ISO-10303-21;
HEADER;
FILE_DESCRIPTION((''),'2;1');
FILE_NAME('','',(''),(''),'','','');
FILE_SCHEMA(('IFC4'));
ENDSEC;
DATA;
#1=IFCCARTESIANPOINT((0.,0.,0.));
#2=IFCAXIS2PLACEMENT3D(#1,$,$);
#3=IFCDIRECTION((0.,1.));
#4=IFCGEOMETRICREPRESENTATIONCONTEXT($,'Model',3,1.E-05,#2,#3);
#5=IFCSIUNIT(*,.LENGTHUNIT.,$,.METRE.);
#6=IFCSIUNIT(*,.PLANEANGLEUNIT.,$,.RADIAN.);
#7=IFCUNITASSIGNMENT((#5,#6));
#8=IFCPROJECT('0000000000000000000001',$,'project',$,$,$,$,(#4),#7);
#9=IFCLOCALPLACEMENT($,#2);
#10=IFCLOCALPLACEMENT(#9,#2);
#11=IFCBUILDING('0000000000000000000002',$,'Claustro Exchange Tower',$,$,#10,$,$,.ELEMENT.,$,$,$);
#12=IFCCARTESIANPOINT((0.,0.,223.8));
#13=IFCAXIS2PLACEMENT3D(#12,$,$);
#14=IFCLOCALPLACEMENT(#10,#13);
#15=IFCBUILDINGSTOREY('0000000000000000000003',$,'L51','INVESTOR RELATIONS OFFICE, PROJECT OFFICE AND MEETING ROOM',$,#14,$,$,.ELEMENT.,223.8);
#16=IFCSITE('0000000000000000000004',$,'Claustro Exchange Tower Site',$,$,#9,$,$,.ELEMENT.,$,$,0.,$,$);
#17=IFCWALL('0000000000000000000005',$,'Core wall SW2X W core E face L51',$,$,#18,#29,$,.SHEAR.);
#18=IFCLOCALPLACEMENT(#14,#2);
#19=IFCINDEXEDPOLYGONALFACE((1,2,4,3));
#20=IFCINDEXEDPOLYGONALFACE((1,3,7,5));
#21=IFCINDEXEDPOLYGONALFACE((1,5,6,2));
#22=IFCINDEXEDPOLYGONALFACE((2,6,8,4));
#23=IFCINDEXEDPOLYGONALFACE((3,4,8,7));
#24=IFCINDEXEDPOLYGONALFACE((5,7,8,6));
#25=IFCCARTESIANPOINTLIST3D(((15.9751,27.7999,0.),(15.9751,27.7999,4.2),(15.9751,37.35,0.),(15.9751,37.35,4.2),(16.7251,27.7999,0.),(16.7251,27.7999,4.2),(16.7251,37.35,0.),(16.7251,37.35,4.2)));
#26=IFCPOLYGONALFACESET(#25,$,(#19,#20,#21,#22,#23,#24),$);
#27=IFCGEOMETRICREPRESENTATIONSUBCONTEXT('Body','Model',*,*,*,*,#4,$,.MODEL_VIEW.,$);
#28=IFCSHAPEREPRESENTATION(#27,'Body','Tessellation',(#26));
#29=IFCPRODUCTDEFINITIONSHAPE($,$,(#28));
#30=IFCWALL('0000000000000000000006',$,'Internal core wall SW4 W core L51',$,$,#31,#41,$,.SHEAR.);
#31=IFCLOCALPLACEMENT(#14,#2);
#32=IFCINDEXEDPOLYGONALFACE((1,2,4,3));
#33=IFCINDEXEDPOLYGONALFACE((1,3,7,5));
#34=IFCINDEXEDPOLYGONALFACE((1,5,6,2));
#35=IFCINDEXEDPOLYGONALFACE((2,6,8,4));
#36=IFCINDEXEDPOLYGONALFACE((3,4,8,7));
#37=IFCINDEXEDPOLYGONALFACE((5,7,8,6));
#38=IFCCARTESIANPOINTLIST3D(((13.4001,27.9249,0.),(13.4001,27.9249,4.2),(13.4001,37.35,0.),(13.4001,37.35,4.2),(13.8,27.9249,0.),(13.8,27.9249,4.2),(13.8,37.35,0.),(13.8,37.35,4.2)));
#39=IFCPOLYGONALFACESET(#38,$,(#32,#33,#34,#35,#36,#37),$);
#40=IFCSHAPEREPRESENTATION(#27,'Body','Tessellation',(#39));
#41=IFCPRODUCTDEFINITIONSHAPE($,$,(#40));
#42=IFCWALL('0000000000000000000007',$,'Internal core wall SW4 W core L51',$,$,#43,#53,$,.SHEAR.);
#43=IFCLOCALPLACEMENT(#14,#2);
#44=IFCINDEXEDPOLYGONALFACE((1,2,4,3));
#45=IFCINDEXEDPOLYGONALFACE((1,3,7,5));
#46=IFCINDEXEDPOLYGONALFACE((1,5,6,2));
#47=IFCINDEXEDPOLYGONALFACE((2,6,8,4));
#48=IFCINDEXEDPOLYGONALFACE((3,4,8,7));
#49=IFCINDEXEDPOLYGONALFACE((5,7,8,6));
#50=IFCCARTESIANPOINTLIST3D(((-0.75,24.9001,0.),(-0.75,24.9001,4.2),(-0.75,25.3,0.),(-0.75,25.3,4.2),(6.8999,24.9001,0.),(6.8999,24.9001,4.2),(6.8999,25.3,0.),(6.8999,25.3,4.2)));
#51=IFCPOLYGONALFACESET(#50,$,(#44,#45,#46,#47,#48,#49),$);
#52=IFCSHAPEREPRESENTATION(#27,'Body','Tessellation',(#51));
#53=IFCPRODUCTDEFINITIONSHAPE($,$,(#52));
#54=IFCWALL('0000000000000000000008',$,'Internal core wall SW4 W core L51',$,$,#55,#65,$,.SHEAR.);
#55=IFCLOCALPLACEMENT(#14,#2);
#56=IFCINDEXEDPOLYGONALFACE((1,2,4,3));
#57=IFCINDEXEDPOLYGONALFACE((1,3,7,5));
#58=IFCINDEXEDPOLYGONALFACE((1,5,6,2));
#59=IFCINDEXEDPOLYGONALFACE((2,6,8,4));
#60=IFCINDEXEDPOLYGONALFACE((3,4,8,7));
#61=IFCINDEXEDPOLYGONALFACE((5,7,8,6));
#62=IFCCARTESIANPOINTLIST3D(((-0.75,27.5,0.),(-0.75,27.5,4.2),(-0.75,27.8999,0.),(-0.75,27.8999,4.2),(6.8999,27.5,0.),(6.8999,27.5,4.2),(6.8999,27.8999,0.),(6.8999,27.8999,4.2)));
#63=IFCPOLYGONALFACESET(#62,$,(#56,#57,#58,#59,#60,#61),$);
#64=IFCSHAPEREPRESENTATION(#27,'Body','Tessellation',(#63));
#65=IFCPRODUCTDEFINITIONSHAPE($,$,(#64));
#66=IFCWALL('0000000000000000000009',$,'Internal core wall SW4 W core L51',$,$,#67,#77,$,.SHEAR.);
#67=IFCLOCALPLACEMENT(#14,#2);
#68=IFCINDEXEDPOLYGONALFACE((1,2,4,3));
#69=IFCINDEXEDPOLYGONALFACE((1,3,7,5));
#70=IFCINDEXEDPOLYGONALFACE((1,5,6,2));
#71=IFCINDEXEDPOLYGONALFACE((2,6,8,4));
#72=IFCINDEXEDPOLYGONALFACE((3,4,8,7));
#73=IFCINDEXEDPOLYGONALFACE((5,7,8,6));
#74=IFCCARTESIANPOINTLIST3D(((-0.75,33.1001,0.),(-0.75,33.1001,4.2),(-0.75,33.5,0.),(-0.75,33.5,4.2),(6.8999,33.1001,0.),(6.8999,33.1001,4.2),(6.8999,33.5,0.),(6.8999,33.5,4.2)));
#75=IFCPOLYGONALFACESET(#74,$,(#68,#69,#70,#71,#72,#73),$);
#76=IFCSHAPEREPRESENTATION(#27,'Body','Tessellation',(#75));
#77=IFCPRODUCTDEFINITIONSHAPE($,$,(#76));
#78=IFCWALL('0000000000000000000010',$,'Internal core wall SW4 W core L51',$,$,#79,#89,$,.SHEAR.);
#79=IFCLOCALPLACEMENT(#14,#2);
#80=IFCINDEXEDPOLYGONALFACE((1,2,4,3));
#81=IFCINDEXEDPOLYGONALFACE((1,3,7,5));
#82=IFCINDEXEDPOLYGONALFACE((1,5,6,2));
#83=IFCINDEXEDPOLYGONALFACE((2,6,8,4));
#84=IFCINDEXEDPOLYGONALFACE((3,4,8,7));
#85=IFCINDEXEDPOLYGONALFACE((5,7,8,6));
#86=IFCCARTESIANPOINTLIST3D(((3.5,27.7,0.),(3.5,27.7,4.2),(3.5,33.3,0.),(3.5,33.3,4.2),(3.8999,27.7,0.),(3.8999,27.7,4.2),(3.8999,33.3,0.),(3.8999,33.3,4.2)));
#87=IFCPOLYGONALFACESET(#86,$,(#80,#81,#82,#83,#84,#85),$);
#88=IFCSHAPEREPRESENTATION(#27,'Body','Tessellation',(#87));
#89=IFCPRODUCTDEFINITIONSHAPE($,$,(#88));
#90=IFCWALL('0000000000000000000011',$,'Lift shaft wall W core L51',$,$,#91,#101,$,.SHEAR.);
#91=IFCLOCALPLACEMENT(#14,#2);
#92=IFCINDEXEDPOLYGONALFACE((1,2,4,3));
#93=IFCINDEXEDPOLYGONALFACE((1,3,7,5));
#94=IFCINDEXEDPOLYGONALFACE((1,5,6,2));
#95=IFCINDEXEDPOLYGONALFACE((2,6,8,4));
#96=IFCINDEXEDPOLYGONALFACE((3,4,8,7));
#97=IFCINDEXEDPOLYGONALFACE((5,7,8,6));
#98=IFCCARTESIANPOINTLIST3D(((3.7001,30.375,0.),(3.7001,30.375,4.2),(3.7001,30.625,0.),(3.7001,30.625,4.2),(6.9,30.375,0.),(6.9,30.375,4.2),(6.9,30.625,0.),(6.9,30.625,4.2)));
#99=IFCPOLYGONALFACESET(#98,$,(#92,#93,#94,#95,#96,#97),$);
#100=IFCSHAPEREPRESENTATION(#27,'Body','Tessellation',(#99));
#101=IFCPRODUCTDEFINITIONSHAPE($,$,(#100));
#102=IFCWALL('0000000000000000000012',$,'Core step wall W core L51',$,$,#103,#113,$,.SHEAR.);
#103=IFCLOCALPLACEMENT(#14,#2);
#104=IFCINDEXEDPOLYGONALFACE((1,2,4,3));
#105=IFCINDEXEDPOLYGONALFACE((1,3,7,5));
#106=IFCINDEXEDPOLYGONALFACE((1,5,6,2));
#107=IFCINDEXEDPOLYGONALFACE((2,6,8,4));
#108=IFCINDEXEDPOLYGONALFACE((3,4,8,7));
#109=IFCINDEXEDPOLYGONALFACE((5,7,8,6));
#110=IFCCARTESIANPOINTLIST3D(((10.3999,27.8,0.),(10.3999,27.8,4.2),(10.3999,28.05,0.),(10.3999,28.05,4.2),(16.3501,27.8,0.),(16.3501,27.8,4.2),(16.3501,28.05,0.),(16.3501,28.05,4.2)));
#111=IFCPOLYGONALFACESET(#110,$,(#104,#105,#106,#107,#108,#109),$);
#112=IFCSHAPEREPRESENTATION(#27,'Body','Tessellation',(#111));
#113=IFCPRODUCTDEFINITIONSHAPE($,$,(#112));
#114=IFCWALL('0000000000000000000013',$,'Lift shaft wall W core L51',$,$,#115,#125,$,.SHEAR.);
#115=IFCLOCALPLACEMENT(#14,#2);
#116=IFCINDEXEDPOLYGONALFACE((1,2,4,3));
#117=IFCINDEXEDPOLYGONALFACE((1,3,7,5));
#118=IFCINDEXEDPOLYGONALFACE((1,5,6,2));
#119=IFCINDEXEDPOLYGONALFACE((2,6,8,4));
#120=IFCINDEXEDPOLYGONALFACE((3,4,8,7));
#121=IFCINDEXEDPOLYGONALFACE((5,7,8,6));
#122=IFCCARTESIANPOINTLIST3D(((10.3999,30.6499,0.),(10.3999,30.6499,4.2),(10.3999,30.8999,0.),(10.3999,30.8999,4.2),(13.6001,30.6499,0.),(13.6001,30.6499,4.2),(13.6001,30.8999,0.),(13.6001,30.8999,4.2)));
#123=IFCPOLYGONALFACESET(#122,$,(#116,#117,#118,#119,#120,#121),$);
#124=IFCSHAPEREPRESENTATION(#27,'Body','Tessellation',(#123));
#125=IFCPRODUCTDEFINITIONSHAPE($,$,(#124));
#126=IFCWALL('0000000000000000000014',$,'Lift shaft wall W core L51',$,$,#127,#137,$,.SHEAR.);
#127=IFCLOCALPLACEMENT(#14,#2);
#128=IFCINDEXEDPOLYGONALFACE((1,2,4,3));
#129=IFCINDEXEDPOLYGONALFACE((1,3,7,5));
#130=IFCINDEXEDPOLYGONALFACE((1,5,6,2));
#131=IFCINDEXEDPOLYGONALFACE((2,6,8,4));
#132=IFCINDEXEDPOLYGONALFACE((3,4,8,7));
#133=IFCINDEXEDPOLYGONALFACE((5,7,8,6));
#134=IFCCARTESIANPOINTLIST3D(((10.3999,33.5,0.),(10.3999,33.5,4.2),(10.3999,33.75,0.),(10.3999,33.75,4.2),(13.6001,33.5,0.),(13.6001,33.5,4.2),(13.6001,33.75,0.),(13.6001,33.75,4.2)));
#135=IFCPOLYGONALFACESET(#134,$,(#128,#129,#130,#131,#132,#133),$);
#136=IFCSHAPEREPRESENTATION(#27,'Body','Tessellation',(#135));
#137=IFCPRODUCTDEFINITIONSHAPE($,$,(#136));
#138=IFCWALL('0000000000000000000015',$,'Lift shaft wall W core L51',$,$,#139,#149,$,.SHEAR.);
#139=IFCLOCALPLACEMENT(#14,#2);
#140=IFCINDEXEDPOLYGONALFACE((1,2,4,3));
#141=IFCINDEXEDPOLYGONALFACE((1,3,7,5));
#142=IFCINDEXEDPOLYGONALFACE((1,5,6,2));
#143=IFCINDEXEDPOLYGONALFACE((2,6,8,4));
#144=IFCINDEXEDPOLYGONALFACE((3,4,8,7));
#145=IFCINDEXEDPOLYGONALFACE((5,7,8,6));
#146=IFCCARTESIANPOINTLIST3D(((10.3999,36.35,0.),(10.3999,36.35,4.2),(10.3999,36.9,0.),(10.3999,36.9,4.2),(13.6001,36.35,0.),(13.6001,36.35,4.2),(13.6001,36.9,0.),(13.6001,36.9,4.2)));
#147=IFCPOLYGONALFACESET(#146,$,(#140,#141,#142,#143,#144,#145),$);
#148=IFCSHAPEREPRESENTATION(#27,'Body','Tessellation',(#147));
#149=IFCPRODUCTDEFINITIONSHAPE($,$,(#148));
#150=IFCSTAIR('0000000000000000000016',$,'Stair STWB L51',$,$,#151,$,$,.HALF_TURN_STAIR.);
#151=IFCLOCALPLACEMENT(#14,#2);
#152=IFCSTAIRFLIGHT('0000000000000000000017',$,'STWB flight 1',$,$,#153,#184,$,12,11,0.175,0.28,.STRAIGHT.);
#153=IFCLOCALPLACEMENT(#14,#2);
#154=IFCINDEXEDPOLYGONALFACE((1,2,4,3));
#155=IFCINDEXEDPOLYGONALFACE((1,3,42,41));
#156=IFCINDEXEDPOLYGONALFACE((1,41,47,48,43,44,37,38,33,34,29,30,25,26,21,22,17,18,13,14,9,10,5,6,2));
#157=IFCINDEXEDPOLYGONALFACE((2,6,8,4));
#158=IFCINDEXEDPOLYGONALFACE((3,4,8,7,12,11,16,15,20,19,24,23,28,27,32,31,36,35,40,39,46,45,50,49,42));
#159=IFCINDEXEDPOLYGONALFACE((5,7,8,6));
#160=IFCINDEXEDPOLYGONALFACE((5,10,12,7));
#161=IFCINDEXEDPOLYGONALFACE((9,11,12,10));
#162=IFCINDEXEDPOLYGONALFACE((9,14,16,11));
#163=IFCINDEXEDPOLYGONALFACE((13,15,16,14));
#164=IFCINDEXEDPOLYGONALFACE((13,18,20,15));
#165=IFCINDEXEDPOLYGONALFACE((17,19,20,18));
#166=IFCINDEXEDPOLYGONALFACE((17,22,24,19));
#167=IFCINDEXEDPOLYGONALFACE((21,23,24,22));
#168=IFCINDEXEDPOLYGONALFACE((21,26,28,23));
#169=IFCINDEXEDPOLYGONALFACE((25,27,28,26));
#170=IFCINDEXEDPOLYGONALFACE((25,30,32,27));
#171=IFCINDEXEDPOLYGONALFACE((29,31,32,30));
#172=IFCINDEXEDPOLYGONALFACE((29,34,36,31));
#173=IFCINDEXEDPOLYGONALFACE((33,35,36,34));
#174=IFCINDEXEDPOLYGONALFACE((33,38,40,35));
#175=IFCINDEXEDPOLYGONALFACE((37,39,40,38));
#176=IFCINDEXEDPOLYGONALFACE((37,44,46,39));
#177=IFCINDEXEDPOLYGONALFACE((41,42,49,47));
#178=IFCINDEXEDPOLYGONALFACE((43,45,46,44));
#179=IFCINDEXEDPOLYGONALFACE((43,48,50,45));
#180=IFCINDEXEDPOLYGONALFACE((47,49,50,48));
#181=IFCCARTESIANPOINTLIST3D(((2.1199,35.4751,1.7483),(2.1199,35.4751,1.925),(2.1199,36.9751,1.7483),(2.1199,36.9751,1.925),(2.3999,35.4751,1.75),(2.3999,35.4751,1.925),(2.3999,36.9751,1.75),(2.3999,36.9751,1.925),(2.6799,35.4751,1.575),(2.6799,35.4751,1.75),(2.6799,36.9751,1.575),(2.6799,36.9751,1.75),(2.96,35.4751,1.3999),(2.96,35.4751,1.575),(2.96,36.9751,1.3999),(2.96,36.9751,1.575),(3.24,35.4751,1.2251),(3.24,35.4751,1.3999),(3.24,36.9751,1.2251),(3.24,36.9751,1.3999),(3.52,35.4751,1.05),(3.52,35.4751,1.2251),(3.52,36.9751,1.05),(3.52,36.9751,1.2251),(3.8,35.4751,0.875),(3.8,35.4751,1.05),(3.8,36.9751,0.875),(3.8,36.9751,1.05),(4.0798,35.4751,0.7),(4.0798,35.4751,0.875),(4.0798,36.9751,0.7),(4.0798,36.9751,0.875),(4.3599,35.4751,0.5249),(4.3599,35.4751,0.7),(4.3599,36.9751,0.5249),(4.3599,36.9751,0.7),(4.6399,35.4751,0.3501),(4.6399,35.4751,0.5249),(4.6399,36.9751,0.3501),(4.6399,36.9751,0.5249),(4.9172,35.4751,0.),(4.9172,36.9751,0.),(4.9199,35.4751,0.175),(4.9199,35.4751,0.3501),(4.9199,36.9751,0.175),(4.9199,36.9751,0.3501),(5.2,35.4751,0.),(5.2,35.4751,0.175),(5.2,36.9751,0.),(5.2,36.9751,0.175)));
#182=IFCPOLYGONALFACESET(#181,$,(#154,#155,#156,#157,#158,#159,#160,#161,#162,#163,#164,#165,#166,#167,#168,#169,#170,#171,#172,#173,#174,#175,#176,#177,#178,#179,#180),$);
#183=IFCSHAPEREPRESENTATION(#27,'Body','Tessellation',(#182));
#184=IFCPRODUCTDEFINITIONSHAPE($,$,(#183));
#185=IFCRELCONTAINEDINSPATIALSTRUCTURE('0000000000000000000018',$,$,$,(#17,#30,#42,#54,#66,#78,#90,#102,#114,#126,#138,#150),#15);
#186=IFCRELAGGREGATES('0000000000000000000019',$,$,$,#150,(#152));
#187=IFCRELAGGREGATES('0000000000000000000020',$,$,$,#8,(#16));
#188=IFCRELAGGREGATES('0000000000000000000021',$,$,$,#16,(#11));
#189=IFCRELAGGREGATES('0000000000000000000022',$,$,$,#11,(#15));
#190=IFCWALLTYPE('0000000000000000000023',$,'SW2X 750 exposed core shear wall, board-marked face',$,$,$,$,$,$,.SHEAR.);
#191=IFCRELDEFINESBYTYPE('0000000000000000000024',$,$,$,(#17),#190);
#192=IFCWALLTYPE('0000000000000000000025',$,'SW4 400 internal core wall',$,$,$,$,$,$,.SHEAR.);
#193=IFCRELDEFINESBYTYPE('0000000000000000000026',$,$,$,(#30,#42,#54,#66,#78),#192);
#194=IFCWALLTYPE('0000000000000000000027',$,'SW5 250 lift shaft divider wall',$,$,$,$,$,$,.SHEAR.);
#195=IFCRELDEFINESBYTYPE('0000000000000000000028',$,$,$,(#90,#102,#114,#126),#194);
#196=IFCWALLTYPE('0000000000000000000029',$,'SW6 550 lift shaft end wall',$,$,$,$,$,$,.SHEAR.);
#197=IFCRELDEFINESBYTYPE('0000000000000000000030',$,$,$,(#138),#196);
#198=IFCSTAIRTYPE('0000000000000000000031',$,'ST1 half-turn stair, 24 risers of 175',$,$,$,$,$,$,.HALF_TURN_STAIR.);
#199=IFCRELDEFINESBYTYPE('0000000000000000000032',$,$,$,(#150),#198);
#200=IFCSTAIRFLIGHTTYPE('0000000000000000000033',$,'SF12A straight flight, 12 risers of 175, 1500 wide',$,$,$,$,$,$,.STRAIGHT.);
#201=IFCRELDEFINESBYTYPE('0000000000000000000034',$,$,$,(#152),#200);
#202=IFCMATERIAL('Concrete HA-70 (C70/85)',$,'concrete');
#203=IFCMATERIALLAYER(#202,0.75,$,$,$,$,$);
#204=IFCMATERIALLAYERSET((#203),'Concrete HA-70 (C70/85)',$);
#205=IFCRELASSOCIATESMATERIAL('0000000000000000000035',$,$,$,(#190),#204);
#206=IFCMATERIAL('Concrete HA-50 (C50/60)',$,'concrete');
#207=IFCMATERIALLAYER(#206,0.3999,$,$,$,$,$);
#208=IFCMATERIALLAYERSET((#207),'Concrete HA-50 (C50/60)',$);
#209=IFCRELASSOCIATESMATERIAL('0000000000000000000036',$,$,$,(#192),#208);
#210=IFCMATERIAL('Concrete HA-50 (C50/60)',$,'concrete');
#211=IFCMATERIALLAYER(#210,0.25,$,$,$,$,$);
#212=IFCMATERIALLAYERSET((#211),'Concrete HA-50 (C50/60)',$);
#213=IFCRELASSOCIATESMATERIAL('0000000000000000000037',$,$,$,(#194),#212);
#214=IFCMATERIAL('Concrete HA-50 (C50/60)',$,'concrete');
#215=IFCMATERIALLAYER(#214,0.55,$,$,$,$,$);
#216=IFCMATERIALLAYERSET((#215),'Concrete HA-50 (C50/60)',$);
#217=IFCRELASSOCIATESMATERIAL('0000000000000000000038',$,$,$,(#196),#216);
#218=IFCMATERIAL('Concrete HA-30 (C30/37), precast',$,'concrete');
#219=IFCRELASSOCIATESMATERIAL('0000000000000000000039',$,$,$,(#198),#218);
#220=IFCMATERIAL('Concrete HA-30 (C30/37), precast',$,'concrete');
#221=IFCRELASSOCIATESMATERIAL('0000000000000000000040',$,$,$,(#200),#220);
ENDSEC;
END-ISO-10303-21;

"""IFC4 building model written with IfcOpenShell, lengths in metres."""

from ifc_helpers import new_model, si_unit, direction, frame, frame_2d, origin, place, context, subcontext, project, spatial, polyline, rectangle, outline, extrude, material, layer, layer_set, type_object, element, aggregate, save


model = new_model("IFC4")

# Units and contexts
model_context = context("Model", 3, precision=1e-05, world=origin(), true_north=direction((0.0, 1.0)))
body_context = subcontext(model_context, "Body", "Model", "MODEL_VIEW")
ifc_project = project(units=[si_unit("LENGTHUNIT", "METRE"), si_unit("PLANEANGLEUNIT", "RADIAN")], contexts=[model_context])

# Site, building, storey
site_placement = place(None, origin())
site = spatial("IfcSite", under=ifc_project, at=site_placement, Name="Claustro Exchange Tower Site", CompositionType="ELEMENT", RefElevation=0.0)
building_placement = place(site_placement, origin())
building = spatial("IfcBuilding", under=site, at=building_placement, Name="Claustro Exchange Tower", CompositionType="ELEMENT")
storey_placement = place(building_placement, frame((0.0, 0.0, 223.8)))
storey = spatial("IfcBuildingStorey", under=building, at=storey_placement, Name="L51", Description="INVESTOR RELATIONS OFFICE, PROJECT OFFICE AND MEETING ROOM", CompositionType="ELEMENT", Elevation=223.8)

# Walls
ifc_material_1 = material(Name="Concrete HA-70 (C70/85)", Category="concrete")
ifc_layer_1 = layer(ifc_material_1, 0.75)
ifc_layer_set_1 = layer_set([ifc_layer_1], Name="Concrete HA-70 (C70/85)")
wall_type_1 = type_object("IfcWallType", Name="SW2X 750 exposed core shear wall, board-marked face", PredefinedType="SHEAR", material=ifc_layer_set_1)
wall_1_placement = place(storey_placement, frame((16.3501, 27.8, 0.0), z_axis=(0.0, 0.0, 1.0), x_axis=(0.0, 1.0, 0.0)))
element("IfcWall", 1, at=wall_1_placement, inside=storey, type_object=wall_type_1, Name="Core wall SW2X W core E face L51", PredefinedType="SHEAR", context=body_context, shape_type="SweptSolid", body=[
    extrude(rectangle(XDim=9.55, YDim=0.75, at=frame_2d((4.7749, 0.0))), origin(), (0.0, 0.0, 1.0), 4.2),
])
ifc_material_2 = material(Name="Concrete HA-50 (C50/60)", Category="concrete")
ifc_layer_2 = layer(ifc_material_2, 0.3999)
ifc_layer_set_2 = layer_set([ifc_layer_2], Name="Concrete HA-50 (C50/60)")
wall_type_2 = type_object("IfcWallType", Name="SW4 400 internal core wall", PredefinedType="SHEAR", material=ifc_layer_set_2)
wall_2_placement = place(storey_placement, frame((13.6001, 27.925, 0.0), z_axis=(0.0, 0.0, 1.0), x_axis=(0.0, 1.0, 0.0)))
element("IfcWall", 2, at=wall_2_placement, inside=storey, type_object=wall_type_2, Name="Internal core wall SW4 W core L51", PredefinedType="SHEAR", context=body_context, shape_type="SweptSolid", body=[
    extrude(rectangle(XDim=9.425, YDim=0.3999, at=frame_2d((4.7124, 0.0))), origin(), (0.0, 0.0, 1.0), 4.2),
])
for number, where, z_axis, x_axis, name in (
    (3, (-0.75, 25.1001, 0.0), (0.0, 0.0, 1.0), (1.0, 0.0, 0.0), "Internal core wall SW4 W core L51"),
    (4, (-0.75, 27.7, 0.0), (0.0, 0.0, 1.0), (1.0, 0.0, 0.0), "Internal core wall SW4 W core L51"),
    (5, (-0.75, 33.3, 0.0), (0.0, 0.0, 1.0), (1.0, 0.0, 0.0), "Internal core wall SW4 W core L51"),
):
    element("IfcWall", number, at=place(storey_placement, frame(where, z_axis=z_axis, x_axis=x_axis)), inside=storey, type_object=wall_type_2, Name=name, PredefinedType="SHEAR", context=body_context, shape_type="SweptSolid", body=[
        extrude(rectangle(XDim=7.6499, YDim=0.3999, at=frame_2d((3.825, 0.0))), origin(), (0.0, 0.0, 1.0), 4.2),
    ])
wall_3_placement = place(storey_placement, frame((3.7, 27.7, 0.0), z_axis=(0.0, 0.0, 1.0), x_axis=(0.0, 1.0, 0.0)))
element("IfcWall", 6, at=wall_3_placement, inside=storey, type_object=wall_type_2, Name="Internal core wall SW4 W core L51", PredefinedType="SHEAR", context=body_context, shape_type="SweptSolid", body=[
    extrude(rectangle(XDim=5.6001, YDim=0.3999, at=frame_2d((2.8, 0.0))), origin(), (0.0, 0.0, 1.0), 4.2),
])
ifc_material_3 = material(Name="Concrete HA-50 (C50/60)", Category="concrete")
ifc_layer_3 = layer(ifc_material_3, 0.25)
ifc_layer_set_3 = layer_set([ifc_layer_3], Name="Concrete HA-50 (C50/60)")
wall_type_3 = type_object("IfcWallType", Name="SW5 250 lift shaft divider wall", PredefinedType="SHEAR", material=ifc_layer_set_3)
wall_4_placement = place(storey_placement, frame((3.7, 30.5, 0.0), z_axis=(0.0, 0.0, 1.0), x_axis=(1.0, 0.0, 0.0)))
element("IfcWall", 7, at=wall_4_placement, inside=storey, type_object=wall_type_3, Name="Lift shaft wall W core L51", PredefinedType="SHEAR", context=body_context, shape_type="SweptSolid", body=[
    extrude(rectangle(XDim=3.2, YDim=0.25, at=frame_2d((1.6001, 0.0))), origin(), (0.0, 0.0, 1.0), 4.2),
])
wall_5_placement = place(storey_placement, frame((10.3999, 27.925, 0.0), z_axis=(0.0, 0.0, 1.0), x_axis=(1.0, 0.0, 0.0)))
element("IfcWall", 8, at=wall_5_placement, inside=storey, type_object=wall_type_3, Name="Core step wall W core L51", PredefinedType="SHEAR", context=body_context, shape_type="SweptSolid", body=[
    extrude(rectangle(XDim=5.9502, YDim=0.25, at=frame_2d((2.9751, 0.0))), origin(), (0.0, 0.0, 1.0), 4.2),
])
for number, where, z_axis, x_axis, name in (
    (9, (10.3999, 30.7749, 0.0), (0.0, 0.0, 1.0), (1.0, 0.0, 0.0), "Lift shaft wall W core L51"),
    (10, (10.3999, 33.625, 0.0), (0.0, 0.0, 1.0), (1.0, 0.0, 0.0), "Lift shaft wall W core L51"),
):
    element("IfcWall", number, at=place(storey_placement, frame(where, z_axis=z_axis, x_axis=x_axis)), inside=storey, type_object=wall_type_3, Name=name, PredefinedType="SHEAR", context=body_context, shape_type="SweptSolid", body=[
        extrude(rectangle(XDim=3.2002, YDim=0.25, at=frame_2d((1.6001, 0.0))), origin(), (0.0, 0.0, 1.0), 4.2),
    ])
ifc_material_4 = material(Name="Concrete HA-50 (C50/60)", Category="concrete")
ifc_layer_4 = layer(ifc_material_4, 0.55)
ifc_layer_set_4 = layer_set([ifc_layer_4], Name="Concrete HA-50 (C50/60)")
wall_type_4 = type_object("IfcWallType", Name="SW6 550 lift shaft end wall", PredefinedType="SHEAR", material=ifc_layer_set_4)
wall_6_placement = place(storey_placement, frame((10.3999, 36.625, 0.0), z_axis=(0.0, 0.0, 1.0), x_axis=(1.0, 0.0, 0.0)))
element("IfcWall", 11, at=wall_6_placement, inside=storey, type_object=wall_type_4, Name="Lift shaft wall W core L51", PredefinedType="SHEAR", context=body_context, shape_type="SweptSolid", body=[
    extrude(rectangle(XDim=3.2002, YDim=0.55, at=frame_2d((1.6001, 0.0))), origin(), (0.0, 0.0, 1.0), 4.2),
])

# Stair, stair flight
ifc_material_5 = material(Name="Concrete HA-30 (C30/37), precast", Category="concrete")
stair_type = type_object("IfcStairType", Name="ST1 half-turn stair, 24 risers of 175", PredefinedType="HALF_TURN_STAIR", material=ifc_material_5)
stair_placement = place(storey_placement, origin())
stair = element("IfcStair", 12, at=stair_placement, inside=storey, type_object=stair_type, Name="Stair STWB L51", PredefinedType="HALF_TURN_STAIR")
ifc_material_6 = material(Name="Concrete HA-30 (C30/37), precast", Category="concrete")
stair_flight_type = type_object("IfcStairFlightType", Name="SF12A straight flight, 12 risers of 175, 1500 wide", PredefinedType="STRAIGHT", material=ifc_material_6)
stair_flight_1_placement = place(storey_placement, frame((5.2, 36.2251, 0.0), z_axis=(0.0, 0.0, 1.0), x_axis=(-1.0, 0.0, 0.0)))
stair_flight_1 = element("IfcStairFlight", 13, at=stair_flight_1_placement, type_object=stair_flight_type, Name="STWB flight 1", NumberOfRisers=12, NumberOfTreads=11, PredefinedType="STRAIGHT", RiserHeight=0.175, TreadLength=0.28, context=body_context, shape_type="SweptSolid", body=[
    extrude(outline(polyline([(0.0, 0.0), (0.0, 0.175), (0.28, 0.175), (0.28, 0.3501), (0.5601, 0.3501), (0.5601, 0.5249), (0.8401, 0.5249), (0.8401, 0.7), (1.1201, 0.7), (1.1201, 0.875), (1.3999, 0.875), (1.3999, 1.05), (1.6799, 1.05), (1.6799, 1.2251), (1.96, 1.2251), (1.96, 1.3999), (2.24, 1.3999), (2.24, 1.575), (2.52, 1.575), (2.52, 1.75), (2.8, 1.75), (2.8, 1.925), (3.0801, 1.925), (3.0801, 2.1001), (3.0801, 1.7483), (0.2827, 0.0), (0.0, 0.0)])), frame((0.0, 0.75, 0.0), z_axis=(0.0, -1.0, 0.0), x_axis=(1.0, 0.0, 0.0)), (0.0, 0.0, 1.0), 1.5),
])
aggregate(stair, [stair_flight_1])

save(model, "model.ifc")
